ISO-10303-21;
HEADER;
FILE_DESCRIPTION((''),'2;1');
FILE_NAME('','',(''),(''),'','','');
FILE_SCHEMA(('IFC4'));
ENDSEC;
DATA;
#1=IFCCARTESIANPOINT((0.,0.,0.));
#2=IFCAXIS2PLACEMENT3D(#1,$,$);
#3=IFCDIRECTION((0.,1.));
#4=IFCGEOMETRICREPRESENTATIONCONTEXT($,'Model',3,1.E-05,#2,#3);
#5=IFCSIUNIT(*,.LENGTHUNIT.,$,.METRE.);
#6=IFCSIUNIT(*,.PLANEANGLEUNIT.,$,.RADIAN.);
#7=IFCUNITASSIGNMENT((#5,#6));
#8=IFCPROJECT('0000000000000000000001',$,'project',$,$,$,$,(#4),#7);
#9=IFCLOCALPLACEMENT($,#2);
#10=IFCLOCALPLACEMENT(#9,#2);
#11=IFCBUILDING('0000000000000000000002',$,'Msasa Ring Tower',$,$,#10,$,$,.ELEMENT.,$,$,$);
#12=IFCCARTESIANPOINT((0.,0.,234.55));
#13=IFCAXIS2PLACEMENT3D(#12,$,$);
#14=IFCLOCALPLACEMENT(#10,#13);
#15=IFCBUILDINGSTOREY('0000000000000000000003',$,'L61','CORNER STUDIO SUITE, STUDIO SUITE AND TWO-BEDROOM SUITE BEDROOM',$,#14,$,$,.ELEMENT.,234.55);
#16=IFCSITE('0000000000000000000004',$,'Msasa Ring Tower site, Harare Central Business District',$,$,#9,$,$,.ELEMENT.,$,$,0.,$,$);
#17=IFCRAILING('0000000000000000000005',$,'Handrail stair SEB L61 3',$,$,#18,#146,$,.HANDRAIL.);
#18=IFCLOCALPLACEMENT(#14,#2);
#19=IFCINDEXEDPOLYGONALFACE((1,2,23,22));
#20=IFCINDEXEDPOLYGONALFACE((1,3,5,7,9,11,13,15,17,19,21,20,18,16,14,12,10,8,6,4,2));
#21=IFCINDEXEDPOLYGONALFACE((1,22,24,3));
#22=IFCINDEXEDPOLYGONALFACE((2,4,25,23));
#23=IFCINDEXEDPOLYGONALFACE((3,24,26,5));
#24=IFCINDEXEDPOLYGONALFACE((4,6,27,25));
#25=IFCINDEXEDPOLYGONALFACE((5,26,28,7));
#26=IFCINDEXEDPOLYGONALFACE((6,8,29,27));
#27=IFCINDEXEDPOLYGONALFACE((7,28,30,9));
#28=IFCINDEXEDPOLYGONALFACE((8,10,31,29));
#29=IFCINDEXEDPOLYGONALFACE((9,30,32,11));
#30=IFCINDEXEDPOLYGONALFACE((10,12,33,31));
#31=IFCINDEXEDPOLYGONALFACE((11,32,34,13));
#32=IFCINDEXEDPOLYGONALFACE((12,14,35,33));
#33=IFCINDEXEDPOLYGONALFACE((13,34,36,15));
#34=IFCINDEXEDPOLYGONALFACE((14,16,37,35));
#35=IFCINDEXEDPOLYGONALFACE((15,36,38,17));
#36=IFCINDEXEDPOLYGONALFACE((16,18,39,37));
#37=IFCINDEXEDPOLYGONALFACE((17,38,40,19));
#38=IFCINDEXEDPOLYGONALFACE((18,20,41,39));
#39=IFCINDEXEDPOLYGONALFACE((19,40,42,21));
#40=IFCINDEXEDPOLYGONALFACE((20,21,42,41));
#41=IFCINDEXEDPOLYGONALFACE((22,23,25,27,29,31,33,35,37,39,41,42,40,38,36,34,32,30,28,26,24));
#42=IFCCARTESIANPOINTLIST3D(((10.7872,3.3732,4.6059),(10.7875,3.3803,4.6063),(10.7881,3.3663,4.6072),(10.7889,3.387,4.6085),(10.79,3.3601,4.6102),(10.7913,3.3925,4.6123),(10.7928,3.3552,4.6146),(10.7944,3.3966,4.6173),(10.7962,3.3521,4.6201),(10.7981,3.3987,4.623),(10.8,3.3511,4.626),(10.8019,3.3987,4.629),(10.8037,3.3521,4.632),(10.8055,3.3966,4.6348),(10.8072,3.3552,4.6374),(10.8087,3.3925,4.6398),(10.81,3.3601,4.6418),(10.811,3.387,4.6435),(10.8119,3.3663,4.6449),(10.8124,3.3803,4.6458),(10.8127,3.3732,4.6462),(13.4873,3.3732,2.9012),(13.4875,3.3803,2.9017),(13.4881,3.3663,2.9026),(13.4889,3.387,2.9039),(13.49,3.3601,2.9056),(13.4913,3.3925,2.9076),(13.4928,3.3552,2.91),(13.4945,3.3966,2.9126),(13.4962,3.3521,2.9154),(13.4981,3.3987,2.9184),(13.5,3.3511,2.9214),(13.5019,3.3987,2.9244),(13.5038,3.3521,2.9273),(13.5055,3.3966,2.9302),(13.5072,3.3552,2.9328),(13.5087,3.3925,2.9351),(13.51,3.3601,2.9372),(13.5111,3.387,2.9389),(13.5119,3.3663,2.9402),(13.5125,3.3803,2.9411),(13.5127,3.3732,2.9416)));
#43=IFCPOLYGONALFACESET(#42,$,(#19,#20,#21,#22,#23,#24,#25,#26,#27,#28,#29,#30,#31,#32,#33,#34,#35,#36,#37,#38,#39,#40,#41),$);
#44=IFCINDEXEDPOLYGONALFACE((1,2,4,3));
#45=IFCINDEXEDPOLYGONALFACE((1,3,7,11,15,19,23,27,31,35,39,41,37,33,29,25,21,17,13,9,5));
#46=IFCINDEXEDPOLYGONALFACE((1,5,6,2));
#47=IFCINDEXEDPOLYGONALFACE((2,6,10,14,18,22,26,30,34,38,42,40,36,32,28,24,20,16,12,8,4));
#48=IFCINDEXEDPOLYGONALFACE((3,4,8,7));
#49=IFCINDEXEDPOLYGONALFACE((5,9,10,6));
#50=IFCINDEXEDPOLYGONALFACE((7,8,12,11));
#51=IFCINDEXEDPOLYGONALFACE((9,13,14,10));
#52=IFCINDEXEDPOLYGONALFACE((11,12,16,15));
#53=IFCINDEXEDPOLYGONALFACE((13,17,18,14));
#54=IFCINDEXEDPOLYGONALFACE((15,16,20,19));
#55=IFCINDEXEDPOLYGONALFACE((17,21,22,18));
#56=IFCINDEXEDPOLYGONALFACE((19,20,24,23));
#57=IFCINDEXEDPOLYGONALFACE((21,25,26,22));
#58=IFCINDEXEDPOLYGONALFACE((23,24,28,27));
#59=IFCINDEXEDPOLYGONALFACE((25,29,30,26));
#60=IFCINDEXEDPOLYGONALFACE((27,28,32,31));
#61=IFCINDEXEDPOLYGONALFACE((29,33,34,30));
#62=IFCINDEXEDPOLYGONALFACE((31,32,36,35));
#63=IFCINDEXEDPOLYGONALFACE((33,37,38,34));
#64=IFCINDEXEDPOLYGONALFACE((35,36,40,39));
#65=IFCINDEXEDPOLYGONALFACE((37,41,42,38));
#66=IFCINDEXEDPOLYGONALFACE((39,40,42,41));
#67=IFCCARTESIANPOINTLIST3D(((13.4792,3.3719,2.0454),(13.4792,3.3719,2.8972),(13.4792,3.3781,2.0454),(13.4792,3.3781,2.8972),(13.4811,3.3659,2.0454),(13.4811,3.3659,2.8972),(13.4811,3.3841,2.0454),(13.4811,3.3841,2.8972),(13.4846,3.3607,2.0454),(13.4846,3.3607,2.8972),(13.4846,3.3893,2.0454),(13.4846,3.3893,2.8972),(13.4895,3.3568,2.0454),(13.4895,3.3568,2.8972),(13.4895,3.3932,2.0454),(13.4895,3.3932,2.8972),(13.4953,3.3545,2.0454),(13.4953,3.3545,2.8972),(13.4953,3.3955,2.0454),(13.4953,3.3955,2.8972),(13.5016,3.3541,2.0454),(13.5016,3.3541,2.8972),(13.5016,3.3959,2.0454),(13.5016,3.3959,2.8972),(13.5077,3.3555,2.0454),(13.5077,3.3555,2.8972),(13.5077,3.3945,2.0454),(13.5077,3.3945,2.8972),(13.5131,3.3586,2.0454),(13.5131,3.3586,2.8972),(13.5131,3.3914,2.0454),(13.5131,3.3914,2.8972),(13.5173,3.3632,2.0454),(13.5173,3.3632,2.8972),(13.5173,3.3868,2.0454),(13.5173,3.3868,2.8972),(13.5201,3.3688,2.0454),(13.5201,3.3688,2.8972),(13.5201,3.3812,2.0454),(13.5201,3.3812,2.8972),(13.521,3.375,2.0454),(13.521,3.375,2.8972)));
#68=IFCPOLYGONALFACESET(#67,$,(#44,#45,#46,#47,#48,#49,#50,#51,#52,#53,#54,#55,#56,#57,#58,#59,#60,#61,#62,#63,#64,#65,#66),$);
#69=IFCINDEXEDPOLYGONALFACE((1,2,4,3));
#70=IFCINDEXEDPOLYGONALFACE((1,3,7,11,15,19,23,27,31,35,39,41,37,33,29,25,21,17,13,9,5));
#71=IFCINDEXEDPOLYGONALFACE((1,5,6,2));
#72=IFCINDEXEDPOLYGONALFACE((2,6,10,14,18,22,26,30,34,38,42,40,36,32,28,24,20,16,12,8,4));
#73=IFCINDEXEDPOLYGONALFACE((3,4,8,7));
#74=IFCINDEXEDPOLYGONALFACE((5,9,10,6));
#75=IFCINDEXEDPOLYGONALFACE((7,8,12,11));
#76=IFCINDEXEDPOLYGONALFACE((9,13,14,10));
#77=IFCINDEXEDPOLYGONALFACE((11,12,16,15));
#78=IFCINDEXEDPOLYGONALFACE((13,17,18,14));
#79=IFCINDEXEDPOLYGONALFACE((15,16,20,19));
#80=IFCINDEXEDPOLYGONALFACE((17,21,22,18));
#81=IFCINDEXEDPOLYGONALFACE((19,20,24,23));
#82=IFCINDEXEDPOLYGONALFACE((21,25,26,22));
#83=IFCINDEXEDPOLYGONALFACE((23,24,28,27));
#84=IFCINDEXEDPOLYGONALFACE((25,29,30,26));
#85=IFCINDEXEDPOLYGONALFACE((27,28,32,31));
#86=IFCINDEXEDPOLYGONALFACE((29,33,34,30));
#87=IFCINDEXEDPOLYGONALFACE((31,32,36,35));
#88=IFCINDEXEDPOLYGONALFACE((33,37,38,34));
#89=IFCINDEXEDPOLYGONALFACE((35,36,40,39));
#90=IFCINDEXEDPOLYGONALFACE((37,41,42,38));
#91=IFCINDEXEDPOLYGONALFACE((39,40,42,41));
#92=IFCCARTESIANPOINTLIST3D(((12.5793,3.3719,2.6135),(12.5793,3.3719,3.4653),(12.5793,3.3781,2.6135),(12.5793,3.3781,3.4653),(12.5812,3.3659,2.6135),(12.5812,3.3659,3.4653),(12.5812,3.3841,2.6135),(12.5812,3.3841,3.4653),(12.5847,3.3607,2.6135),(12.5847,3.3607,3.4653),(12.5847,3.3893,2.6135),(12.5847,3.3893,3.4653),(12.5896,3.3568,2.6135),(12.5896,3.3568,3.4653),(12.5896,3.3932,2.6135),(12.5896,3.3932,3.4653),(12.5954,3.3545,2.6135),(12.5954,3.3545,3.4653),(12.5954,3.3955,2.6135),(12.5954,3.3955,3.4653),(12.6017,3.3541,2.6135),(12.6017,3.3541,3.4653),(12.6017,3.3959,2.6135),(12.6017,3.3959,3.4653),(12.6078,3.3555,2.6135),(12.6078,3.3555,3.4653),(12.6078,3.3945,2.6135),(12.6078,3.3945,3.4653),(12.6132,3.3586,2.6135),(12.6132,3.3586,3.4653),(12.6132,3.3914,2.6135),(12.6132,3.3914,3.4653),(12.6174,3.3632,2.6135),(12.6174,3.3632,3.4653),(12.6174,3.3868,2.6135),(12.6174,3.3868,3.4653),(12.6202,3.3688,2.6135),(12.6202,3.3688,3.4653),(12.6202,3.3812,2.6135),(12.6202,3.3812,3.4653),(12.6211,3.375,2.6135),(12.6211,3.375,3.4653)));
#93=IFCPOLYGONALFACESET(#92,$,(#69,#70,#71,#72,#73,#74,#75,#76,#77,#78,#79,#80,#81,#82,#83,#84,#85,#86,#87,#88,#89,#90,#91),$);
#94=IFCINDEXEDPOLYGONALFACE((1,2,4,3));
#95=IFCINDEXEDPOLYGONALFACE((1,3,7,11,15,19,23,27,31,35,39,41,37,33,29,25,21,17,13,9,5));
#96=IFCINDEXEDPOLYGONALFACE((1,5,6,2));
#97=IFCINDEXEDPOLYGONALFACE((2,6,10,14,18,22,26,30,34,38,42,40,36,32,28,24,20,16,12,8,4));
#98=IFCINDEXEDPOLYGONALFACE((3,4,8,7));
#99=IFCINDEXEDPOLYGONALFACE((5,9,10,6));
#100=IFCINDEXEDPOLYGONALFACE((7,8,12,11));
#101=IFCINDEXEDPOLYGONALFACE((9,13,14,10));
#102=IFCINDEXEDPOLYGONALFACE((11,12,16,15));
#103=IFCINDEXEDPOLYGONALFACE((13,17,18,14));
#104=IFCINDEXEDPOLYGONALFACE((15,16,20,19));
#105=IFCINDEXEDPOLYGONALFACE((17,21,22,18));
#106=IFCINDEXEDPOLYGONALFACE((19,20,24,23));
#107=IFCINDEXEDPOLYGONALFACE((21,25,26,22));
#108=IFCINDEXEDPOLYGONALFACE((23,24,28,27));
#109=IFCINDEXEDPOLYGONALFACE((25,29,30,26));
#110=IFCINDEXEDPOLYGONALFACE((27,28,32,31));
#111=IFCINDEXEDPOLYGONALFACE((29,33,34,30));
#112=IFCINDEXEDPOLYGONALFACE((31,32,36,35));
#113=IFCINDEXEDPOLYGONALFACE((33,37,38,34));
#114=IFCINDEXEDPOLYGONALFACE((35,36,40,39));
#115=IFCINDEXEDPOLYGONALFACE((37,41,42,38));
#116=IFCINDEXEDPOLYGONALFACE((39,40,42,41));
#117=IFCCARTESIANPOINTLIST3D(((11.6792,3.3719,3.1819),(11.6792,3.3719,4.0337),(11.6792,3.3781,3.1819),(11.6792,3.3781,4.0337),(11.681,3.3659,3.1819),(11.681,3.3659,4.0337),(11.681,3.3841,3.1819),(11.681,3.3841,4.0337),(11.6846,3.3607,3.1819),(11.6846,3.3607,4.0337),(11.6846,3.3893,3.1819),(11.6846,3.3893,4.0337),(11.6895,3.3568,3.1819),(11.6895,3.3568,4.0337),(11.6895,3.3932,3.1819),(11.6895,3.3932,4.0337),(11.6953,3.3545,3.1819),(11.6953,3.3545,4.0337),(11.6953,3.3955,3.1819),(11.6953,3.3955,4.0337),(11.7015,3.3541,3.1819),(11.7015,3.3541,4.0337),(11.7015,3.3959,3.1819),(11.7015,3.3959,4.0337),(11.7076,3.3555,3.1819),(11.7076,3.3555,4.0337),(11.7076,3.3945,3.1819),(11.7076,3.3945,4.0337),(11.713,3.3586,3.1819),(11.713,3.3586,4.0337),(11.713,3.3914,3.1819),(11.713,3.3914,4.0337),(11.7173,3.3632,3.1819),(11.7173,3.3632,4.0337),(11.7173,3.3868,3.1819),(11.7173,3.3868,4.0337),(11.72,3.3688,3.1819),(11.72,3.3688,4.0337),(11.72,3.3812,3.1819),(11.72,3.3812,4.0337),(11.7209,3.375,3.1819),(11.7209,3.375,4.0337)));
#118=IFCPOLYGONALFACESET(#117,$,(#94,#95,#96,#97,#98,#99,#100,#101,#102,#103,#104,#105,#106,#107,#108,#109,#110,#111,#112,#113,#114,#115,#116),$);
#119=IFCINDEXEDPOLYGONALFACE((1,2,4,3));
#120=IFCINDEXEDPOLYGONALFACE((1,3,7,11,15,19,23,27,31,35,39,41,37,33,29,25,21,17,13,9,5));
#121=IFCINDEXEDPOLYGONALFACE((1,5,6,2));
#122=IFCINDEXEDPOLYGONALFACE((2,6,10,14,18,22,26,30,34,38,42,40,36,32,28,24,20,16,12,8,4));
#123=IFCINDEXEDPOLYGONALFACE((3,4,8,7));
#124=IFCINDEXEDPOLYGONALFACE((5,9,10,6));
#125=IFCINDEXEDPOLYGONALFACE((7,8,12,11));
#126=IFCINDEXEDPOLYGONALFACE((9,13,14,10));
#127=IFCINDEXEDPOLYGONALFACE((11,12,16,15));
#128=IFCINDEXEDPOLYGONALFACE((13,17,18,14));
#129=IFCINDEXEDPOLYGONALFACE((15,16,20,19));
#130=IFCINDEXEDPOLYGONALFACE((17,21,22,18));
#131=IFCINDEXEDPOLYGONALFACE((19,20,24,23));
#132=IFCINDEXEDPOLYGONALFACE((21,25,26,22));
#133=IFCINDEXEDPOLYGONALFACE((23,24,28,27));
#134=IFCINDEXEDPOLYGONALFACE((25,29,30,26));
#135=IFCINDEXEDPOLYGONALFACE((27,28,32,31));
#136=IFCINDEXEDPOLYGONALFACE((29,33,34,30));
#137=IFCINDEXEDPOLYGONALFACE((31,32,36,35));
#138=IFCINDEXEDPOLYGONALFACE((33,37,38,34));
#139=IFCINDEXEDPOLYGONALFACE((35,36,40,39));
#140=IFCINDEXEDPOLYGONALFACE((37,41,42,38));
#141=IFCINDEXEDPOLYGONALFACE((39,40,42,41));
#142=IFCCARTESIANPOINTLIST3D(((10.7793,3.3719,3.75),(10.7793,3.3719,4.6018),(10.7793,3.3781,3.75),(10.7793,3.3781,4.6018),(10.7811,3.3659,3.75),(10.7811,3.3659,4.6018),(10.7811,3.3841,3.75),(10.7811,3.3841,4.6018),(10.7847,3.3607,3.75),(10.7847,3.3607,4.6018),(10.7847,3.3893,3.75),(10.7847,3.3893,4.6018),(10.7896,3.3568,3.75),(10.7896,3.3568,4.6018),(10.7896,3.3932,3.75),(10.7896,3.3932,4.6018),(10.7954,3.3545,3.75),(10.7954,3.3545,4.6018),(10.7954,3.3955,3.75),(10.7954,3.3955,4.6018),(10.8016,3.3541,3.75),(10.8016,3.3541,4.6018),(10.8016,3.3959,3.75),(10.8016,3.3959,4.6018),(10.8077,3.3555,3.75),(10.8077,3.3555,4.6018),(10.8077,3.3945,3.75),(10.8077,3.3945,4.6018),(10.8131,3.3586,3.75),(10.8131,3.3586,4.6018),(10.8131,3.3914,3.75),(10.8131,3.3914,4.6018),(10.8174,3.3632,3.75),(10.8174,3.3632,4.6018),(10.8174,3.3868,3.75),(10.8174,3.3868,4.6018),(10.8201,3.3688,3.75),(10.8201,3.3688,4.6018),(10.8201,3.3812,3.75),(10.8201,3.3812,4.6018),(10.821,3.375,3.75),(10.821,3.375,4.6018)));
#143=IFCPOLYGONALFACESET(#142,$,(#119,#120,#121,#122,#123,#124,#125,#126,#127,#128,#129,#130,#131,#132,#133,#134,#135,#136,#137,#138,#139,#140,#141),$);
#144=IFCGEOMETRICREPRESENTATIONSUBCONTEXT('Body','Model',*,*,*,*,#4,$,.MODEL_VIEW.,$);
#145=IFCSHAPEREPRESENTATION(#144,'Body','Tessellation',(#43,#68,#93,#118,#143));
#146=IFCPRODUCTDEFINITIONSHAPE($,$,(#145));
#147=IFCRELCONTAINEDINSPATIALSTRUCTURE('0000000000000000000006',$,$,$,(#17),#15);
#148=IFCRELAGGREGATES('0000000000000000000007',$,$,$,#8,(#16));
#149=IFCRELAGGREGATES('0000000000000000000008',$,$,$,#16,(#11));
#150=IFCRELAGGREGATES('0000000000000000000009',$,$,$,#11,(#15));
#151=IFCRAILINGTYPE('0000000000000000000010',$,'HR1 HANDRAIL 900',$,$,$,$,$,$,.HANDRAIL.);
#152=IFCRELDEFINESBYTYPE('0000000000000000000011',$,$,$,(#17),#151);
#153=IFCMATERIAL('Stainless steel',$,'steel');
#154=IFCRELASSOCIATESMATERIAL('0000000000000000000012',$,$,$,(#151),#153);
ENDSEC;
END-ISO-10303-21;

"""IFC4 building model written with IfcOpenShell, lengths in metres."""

from ifc_helpers import new_model, si_unit, direction, frame, origin, origin_2d, place, context, subcontext, project, spatial, circle, extrude, material, type_object, element, save


model = new_model("IFC4")

# Units and contexts
model_context = context("Model", 3, precision=1e-05, world=origin(), true_north=direction((0.0, 1.0)))
body_context = subcontext(model_context, "Body", "Model", "MODEL_VIEW")
ifc_project = project(units=[si_unit("LENGTHUNIT", "METRE"), si_unit("PLANEANGLEUNIT", "RADIAN")], contexts=[model_context])

# Site, building, storey
site_placement = place(None, origin())
site = spatial("IfcSite", under=ifc_project, at=site_placement, Name="Msasa Ring Tower site, Harare Central Business District", CompositionType="ELEMENT", RefElevation=0.0)
building_placement = place(site_placement, origin())
building = spatial("IfcBuilding", under=site, at=building_placement, Name="Msasa Ring Tower", CompositionType="ELEMENT")
storey_placement = place(building_placement, frame((0.0, 0.0, 234.55)))
storey = spatial("IfcBuildingStorey", under=building, at=storey_placement, Name="L61", Description="CORNER STUDIO SUITE, STUDIO SUITE AND TWO-BEDROOM SUITE BEDROOM", CompositionType="ELEMENT", Elevation=234.55)

# Railing
ifc_material_1 = material(Name="Stainless steel", Category="steel")
railing_type = type_object("IfcRailingType", Name="HR1 HANDRAIL 900", PredefinedType="HANDRAIL", material=ifc_material_1)
for number, where, name in (
    (1, (13.5, 3.375, 2.0454), "Handrail stair SEB L61 3"),
):
    element("IfcRailing", number, at=place(storey_placement, frame(where)), inside=storey, type_object=railing_type, Name=name, PredefinedType="HANDRAIL", context=body_context, shape_type="SweptSolid", body=[
        extrude(circle(Radius=0.0239, at=origin_2d()), frame((0.0, 0.0, 0.876), z_axis=(-0.84558, 0.0, 0.533849), x_axis=(0.0, -1.0, 0.0)), (0.0, 0.0, 1.0), 3.1931),
        extrude(circle(Radius=0.021, at=origin_2d()), origin(), (0.0, 0.0, 1.0), 0.8518),
        extrude(circle(Radius=0.021, at=origin_2d()), frame((-0.8999, 0.0, 0.5681)), (0.0, 0.0, 1.0), 0.8518),
        extrude(circle(Radius=0.021, at=origin_2d()), frame((-1.8, 0.0, 1.1365)), (0.0, 0.0, 1.0), 0.8518),
        extrude(circle(Radius=0.021, at=origin_2d()), frame((-2.7, 0.0, 1.7046)), (0.0, 0.0, 1.0), 0.8518),
    ])

save(model, "model.ifc")
